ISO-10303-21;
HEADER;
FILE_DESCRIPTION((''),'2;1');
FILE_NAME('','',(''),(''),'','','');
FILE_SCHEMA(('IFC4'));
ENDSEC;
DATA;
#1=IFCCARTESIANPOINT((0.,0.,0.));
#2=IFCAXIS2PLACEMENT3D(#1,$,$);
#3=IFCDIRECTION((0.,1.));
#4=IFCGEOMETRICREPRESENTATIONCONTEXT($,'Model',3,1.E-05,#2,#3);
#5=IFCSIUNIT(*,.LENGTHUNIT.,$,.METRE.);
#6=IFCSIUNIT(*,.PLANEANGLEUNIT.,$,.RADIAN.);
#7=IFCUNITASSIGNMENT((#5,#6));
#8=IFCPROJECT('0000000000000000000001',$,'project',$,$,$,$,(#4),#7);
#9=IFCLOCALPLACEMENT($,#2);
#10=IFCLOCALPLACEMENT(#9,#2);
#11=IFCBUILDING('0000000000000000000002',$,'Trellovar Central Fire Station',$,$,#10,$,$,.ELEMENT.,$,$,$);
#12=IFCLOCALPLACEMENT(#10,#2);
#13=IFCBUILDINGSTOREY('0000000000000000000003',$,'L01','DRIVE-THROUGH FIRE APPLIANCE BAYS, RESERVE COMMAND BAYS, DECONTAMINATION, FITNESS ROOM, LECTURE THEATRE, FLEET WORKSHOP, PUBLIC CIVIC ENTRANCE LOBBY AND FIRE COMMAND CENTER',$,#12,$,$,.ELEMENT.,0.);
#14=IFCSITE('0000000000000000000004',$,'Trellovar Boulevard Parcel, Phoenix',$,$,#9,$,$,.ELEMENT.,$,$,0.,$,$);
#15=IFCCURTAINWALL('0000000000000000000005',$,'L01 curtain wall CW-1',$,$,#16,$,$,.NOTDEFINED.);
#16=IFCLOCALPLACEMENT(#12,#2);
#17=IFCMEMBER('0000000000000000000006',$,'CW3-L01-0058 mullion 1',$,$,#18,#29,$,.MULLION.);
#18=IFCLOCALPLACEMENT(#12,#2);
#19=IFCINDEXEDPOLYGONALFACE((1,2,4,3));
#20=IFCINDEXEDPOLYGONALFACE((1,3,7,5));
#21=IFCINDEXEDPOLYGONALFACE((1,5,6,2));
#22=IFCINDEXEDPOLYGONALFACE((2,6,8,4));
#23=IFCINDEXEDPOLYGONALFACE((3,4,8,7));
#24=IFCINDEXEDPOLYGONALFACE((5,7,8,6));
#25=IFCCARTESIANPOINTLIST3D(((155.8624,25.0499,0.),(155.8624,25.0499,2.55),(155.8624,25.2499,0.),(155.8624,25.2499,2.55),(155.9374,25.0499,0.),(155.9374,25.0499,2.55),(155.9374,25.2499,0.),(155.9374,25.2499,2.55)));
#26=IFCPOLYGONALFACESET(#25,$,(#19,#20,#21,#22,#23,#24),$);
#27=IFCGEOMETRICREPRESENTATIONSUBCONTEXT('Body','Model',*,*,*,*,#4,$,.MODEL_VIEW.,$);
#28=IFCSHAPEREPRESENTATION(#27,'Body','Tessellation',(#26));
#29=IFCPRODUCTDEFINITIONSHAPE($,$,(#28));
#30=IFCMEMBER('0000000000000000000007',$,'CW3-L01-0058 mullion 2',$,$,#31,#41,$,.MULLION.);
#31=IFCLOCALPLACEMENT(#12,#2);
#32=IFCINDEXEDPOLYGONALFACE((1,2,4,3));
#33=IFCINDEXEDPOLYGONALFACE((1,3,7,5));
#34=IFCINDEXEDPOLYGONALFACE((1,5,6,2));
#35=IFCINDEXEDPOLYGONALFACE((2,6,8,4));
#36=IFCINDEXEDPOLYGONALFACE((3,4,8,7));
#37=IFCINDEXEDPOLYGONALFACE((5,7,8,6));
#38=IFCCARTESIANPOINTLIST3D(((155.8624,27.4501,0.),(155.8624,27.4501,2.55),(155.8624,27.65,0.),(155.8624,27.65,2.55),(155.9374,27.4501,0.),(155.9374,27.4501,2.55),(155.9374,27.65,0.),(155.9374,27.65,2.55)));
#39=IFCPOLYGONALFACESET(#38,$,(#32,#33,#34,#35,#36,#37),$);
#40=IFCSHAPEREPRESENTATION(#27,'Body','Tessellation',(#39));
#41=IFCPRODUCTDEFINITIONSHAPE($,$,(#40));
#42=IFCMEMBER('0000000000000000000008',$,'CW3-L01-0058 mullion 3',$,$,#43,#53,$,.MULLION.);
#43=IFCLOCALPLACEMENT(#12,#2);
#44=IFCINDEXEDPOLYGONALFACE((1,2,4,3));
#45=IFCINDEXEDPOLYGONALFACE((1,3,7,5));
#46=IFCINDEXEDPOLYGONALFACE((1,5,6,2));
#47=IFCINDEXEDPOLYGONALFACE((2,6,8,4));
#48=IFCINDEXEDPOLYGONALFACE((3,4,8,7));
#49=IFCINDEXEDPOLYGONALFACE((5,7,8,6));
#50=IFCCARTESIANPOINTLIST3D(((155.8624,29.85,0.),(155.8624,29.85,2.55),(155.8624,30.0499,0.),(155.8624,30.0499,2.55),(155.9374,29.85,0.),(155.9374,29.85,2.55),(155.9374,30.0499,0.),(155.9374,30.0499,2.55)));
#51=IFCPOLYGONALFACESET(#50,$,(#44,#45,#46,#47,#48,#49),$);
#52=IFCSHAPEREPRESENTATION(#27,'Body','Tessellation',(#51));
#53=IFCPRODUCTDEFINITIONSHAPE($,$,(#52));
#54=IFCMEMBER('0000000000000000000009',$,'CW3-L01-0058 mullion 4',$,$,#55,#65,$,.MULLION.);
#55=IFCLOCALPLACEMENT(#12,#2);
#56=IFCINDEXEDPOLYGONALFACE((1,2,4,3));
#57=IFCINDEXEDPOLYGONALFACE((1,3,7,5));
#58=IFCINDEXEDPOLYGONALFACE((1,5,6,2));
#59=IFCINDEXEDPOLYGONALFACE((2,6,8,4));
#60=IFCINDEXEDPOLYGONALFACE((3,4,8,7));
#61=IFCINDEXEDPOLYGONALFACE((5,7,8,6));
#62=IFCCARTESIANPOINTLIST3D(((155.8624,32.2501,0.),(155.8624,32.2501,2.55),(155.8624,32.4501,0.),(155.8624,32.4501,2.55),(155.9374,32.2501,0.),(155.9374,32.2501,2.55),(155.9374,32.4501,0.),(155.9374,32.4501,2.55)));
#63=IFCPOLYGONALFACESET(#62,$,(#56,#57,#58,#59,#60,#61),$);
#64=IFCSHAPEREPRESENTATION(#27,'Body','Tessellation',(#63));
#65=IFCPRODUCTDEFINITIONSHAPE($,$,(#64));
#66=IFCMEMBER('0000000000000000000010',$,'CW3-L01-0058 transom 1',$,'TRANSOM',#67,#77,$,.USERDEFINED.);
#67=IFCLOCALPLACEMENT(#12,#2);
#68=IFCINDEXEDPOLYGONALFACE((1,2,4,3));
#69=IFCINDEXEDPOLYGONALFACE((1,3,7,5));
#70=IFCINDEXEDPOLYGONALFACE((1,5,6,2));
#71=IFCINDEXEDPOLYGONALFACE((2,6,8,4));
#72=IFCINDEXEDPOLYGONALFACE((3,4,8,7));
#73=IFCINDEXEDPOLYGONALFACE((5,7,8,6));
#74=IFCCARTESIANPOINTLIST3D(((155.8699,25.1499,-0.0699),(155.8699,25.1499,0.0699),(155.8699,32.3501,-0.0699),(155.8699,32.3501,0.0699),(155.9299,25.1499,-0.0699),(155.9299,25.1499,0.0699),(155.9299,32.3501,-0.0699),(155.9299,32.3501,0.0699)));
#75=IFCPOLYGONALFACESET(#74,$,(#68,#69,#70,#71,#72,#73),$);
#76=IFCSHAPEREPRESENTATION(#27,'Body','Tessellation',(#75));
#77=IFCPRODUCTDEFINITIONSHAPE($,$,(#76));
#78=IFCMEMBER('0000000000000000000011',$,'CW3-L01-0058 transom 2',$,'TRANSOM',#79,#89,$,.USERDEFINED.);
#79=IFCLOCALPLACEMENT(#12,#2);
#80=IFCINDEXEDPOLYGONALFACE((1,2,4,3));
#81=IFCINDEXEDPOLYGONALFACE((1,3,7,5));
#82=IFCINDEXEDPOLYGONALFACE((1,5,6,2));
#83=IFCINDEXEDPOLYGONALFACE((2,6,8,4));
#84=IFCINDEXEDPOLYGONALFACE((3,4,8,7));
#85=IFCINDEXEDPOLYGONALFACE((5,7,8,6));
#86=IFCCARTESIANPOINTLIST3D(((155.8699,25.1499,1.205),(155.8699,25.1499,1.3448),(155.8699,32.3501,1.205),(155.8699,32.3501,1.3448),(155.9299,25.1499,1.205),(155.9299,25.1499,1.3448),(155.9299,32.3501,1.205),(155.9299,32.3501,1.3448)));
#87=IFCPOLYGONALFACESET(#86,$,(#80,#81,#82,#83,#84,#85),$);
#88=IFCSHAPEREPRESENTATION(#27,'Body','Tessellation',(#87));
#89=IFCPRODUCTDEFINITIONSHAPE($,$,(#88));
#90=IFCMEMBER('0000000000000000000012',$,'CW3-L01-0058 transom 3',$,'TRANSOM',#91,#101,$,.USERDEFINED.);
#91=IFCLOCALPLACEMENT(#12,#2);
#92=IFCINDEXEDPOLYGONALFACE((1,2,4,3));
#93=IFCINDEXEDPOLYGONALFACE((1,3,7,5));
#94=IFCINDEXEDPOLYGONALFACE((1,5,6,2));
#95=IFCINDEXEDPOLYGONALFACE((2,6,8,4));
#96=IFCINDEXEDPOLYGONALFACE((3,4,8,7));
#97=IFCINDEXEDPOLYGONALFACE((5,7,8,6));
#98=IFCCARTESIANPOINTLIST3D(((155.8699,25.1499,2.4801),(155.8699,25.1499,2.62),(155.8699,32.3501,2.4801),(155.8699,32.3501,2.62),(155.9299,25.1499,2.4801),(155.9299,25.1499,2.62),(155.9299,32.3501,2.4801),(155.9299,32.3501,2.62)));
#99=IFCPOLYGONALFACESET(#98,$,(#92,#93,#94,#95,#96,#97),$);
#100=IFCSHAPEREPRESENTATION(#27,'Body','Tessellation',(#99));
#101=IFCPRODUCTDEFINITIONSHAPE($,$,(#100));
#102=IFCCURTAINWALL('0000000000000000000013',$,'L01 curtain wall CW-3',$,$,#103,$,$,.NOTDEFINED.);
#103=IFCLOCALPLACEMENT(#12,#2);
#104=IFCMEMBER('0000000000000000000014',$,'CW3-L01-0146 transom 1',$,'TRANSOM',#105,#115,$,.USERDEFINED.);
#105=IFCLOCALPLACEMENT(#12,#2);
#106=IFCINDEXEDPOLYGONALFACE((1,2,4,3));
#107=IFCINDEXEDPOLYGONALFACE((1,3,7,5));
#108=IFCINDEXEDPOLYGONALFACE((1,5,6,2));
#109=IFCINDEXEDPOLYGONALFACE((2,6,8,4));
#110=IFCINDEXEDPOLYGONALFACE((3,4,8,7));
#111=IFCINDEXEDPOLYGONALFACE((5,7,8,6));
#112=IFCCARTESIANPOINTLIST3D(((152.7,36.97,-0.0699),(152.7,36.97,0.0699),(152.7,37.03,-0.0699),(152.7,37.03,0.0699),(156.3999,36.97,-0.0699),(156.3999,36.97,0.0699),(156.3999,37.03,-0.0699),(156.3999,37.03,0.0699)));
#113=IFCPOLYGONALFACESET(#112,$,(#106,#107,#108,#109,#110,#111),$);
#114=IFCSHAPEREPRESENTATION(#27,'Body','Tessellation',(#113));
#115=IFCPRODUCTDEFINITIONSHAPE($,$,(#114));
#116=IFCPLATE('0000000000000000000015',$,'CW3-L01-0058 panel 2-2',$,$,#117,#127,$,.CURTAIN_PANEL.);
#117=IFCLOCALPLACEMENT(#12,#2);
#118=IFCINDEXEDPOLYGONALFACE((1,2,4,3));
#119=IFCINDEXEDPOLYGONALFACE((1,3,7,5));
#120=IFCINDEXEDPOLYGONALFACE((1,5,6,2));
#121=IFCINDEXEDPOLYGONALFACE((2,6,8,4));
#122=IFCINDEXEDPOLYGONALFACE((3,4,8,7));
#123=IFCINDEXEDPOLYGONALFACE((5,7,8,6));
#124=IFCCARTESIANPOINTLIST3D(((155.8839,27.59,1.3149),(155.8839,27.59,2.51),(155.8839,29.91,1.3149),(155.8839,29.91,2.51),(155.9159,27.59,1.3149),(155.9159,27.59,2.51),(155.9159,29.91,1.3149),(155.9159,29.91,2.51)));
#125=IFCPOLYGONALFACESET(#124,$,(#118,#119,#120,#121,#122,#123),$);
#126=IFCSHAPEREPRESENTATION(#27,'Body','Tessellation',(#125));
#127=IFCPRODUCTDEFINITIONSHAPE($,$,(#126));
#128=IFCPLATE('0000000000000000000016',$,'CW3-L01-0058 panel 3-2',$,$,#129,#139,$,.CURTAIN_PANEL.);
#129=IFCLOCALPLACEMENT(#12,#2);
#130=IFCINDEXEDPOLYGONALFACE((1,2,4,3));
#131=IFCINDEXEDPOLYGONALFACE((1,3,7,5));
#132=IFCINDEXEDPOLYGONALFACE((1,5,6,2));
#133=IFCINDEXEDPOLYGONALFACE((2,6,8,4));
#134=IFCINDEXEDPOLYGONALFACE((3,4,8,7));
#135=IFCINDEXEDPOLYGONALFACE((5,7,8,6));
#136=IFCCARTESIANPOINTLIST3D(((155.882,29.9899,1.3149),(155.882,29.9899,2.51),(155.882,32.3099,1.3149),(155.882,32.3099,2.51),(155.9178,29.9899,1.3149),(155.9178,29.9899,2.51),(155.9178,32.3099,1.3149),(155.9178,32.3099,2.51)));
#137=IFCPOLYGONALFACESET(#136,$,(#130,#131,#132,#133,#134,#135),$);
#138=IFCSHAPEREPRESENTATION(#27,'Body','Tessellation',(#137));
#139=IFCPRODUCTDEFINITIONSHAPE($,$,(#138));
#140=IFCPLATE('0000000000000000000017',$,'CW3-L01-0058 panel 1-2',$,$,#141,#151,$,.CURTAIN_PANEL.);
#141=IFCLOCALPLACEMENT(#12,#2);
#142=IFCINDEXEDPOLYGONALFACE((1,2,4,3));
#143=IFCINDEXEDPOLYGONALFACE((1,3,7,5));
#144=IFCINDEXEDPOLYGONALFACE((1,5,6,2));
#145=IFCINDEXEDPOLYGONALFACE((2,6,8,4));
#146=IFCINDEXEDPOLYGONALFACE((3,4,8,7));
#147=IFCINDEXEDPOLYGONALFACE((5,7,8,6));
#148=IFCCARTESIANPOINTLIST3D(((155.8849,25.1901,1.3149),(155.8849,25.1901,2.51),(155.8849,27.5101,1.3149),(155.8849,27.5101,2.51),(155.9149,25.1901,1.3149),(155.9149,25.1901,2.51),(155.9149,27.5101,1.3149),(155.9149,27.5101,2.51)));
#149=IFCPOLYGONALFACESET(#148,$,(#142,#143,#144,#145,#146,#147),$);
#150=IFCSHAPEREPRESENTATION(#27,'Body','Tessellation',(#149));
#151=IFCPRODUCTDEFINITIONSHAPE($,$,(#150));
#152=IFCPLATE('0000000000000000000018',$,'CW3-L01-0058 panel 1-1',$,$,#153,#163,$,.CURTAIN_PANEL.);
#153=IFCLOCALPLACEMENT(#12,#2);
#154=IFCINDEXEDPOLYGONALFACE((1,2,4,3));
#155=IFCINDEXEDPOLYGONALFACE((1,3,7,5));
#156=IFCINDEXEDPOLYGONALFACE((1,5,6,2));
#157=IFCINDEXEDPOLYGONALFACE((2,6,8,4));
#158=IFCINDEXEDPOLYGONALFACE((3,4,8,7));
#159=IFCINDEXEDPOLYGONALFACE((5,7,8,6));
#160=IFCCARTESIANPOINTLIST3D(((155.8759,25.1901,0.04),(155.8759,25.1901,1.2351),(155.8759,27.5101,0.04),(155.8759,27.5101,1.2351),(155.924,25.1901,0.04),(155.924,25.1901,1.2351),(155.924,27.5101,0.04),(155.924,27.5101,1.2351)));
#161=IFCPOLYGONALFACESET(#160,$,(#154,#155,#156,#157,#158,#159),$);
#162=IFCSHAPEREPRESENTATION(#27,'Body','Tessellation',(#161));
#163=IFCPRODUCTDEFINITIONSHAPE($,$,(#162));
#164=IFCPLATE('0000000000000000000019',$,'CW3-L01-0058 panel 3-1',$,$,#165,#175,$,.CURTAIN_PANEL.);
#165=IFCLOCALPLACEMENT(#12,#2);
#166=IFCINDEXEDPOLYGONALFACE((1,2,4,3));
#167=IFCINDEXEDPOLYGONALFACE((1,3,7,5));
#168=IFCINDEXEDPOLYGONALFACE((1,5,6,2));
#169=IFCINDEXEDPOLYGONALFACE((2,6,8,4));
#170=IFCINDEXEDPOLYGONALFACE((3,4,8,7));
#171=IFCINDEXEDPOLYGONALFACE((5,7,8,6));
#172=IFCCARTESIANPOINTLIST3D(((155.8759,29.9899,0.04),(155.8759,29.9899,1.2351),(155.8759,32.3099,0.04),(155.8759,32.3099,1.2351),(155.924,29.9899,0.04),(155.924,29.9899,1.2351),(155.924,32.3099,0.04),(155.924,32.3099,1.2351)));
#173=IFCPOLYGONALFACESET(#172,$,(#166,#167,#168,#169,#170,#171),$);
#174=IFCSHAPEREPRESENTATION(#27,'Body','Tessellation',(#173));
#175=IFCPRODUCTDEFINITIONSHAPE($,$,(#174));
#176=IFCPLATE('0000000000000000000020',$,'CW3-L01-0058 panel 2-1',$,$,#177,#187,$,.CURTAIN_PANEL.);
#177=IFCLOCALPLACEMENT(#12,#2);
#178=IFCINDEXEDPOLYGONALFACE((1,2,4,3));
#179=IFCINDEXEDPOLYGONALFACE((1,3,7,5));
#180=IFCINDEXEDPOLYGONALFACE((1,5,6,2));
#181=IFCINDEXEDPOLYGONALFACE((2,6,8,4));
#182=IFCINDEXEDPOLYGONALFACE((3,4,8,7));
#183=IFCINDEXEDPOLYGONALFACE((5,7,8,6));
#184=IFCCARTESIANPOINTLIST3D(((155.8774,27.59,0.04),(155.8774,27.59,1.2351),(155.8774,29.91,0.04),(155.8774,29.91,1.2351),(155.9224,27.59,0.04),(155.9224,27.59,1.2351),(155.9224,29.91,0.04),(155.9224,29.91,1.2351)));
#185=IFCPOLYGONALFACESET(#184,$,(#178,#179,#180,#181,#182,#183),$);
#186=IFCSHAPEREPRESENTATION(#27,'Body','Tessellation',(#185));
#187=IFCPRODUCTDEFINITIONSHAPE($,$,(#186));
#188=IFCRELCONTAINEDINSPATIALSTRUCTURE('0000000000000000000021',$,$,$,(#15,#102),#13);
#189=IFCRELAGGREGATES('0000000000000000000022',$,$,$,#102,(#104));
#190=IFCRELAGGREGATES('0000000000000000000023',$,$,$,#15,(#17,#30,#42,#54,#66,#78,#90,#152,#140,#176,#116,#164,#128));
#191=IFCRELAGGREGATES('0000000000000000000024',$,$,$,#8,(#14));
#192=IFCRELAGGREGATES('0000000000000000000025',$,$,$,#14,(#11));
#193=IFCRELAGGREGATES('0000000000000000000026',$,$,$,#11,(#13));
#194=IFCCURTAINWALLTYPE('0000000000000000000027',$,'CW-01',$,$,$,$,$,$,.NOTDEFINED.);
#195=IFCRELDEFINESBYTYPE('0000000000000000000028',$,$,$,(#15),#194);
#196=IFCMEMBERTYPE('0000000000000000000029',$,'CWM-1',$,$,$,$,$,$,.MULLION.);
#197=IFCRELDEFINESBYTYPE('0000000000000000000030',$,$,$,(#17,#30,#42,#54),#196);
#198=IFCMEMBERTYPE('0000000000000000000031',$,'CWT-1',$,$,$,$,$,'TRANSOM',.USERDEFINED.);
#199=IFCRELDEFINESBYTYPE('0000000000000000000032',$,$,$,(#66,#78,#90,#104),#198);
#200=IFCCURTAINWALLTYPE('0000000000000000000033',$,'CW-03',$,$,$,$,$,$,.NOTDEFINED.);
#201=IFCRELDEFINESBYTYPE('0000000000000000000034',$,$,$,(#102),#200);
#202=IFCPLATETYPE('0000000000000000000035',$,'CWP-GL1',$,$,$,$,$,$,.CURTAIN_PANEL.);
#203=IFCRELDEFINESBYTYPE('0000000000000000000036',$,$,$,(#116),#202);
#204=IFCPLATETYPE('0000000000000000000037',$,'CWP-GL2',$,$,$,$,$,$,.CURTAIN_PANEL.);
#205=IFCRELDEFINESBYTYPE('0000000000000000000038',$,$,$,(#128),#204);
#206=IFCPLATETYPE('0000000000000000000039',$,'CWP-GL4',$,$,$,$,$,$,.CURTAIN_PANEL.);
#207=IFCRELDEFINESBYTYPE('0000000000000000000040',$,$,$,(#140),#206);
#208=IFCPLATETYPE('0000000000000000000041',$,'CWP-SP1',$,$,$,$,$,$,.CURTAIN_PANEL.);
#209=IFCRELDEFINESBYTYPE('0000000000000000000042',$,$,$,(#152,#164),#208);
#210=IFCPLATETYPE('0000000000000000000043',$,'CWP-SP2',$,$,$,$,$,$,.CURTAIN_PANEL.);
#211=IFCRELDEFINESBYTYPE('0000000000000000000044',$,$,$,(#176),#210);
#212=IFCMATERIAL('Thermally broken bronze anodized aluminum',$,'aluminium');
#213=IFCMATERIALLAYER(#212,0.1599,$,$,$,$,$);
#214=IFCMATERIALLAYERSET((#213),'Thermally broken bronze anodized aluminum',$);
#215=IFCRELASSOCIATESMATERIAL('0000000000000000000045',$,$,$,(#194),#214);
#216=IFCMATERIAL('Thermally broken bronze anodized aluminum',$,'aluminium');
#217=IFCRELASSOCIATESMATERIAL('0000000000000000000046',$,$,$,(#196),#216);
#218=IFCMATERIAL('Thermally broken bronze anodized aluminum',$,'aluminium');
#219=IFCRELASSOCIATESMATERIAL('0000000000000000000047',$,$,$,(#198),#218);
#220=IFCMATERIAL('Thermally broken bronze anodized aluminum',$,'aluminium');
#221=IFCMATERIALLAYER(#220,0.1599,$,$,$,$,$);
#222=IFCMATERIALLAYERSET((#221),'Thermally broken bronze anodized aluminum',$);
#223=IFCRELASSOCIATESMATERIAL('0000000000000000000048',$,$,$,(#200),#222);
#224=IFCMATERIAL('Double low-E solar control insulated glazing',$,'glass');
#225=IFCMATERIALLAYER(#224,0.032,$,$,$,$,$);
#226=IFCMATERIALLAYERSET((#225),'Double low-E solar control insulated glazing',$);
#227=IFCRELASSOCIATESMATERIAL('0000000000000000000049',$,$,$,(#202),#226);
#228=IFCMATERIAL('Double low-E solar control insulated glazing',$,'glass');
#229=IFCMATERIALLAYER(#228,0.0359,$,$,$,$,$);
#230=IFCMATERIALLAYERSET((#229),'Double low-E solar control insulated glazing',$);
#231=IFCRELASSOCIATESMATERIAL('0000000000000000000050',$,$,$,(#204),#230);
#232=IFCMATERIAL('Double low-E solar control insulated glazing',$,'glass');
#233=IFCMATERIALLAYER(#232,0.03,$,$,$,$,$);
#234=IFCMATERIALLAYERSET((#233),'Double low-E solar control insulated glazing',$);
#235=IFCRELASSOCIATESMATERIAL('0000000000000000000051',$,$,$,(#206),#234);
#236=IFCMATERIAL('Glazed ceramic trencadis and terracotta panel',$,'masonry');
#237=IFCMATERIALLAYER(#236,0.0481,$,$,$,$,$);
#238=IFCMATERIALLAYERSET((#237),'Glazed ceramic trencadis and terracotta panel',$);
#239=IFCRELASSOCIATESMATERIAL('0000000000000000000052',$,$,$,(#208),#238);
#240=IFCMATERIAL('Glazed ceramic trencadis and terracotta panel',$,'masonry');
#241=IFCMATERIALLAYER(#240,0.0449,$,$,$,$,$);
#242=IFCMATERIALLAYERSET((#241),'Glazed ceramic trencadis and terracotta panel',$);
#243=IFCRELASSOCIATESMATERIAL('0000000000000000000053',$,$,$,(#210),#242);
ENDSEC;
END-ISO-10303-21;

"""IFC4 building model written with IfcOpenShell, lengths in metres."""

from ifc_helpers import new_model, si_unit, direction, frame, origin, origin_2d, place, context, subcontext, project, spatial, rectangle, extrude, material, layer, layer_set, material_profile, profile_set, type_object, element, aggregate, save


model = new_model("IFC4")

# Units and contexts
model_context = context("Model", 3, precision=1e-05, world=origin(), true_north=direction((0.0, 1.0)))
body_context = subcontext(model_context, "Body", "Model", "MODEL_VIEW")
ifc_project = project(units=[si_unit("LENGTHUNIT", "METRE"), si_unit("PLANEANGLEUNIT", "RADIAN")], contexts=[model_context])

# Site, building, storey
site_placement = place(None, origin())
site = spatial("IfcSite", under=ifc_project, at=site_placement, Name="Trellovar Boulevard Parcel, Phoenix", CompositionType="ELEMENT", RefElevation=0.0)
building_placement = place(site_placement, origin())
building = spatial("IfcBuilding", under=site, at=building_placement, Name="Trellovar Central Fire Station", CompositionType="ELEMENT")
storey_placement = place(building_placement, origin())
storey = spatial("IfcBuildingStorey", under=building, at=storey_placement, Name="L01", Description="DRIVE-THROUGH FIRE APPLIANCE BAYS, RESERVE COMMAND BAYS, DECONTAMINATION, FITNESS ROOM, LECTURE THEATRE, FLEET WORKSHOP, PUBLIC CIVIC ENTRANCE LOBBY AND FIRE COMMAND CENTER", CompositionType="ELEMENT", Elevation=0.0)

# Curtain wall, members
ifc_material_1 = material(Name="Thermally broken bronze anodized aluminum", Category="aluminium")
ifc_layer_1 = layer(ifc_material_1, 0.1599)
ifc_layer_set_1 = layer_set([ifc_layer_1], Name="Thermally broken bronze anodized aluminum")
curtain_wall_type_1 = type_object("IfcCurtainWallType", Name="CW-01", PredefinedType="NOTDEFINED", material=ifc_layer_set_1)
curtain_wall_1_placement = place(storey_placement, origin())
curtain_wall_1 = element("IfcCurtainWall", 1, at=curtain_wall_1_placement, inside=storey, type_object=curtain_wall_type_1, Name="L01 curtain wall CW-1", PredefinedType="NOTDEFINED")
ifc_material_2 = material(Name="Thermally broken bronze anodized aluminum", Category="aluminium")
ifc_material_profile_1 = material_profile(ifc_material_2, rectangle(XDim=0.075, YDim=0.2, at=origin_2d()), Name="ALU75X200")
ifc_profile_set_1 = profile_set([ifc_material_profile_1], Name="Thermally broken bronze anodized aluminum")
member_type_1 = type_object("IfcMemberType", Name="CWM-1", PredefinedType="MULLION", material=ifc_profile_set_1)
member_1_placement = place(storey_placement, frame((155.8999, 25.1499, 0.0), z_axis=(0.0, 0.0, 1.0), x_axis=(1.0, 0.0, 0.0)))
member_1 = element("IfcMember", 2, at=member_1_placement, type_object=member_type_1, Name="CW3-L01-0058 mullion 1", PredefinedType="MULLION", context=body_context, shape_type="SweptSolid", body=[
    extrude(rectangle(XDim=0.075, YDim=0.2, at=origin_2d()), origin(), (0.0, 0.0, 1.0), 2.55),
])
member_2_placement = place(storey_placement, frame((155.8999, 27.55, 0.0), z_axis=(0.0, 0.0, 1.0), x_axis=(1.0, 0.0, 0.0)))
member_2 = element("IfcMember", 3, at=member_2_placement, type_object=member_type_1, Name="CW3-L01-0058 mullion 2", PredefinedType="MULLION", context=body_context, shape_type="SweptSolid", body=[
    extrude(rectangle(XDim=0.075, YDim=0.2, at=origin_2d()), origin(), (0.0, 0.0, 1.0), 2.55),
])
member_3_placement = place(storey_placement, frame((155.8999, 29.95, 0.0), z_axis=(0.0, 0.0, 1.0), x_axis=(1.0, 0.0, 0.0)))
member_3 = element("IfcMember", 4, at=member_3_placement, type_object=member_type_1, Name="CW3-L01-0058 mullion 3", PredefinedType="MULLION", context=body_context, shape_type="SweptSolid", body=[
    extrude(rectangle(XDim=0.075, YDim=0.2, at=origin_2d()), origin(), (0.0, 0.0, 1.0), 2.55),
])
member_4_placement = place(storey_placement, frame((155.8999, 32.3501, 0.0), z_axis=(0.0, 0.0, 1.0), x_axis=(1.0, 0.0, 0.0)))
member_4 = element("IfcMember", 5, at=member_4_placement, type_object=member_type_1, Name="CW3-L01-0058 mullion 4", PredefinedType="MULLION", context=body_context, shape_type="SweptSolid", body=[
    extrude(rectangle(XDim=0.075, YDim=0.2, at=origin_2d()), origin(), (0.0, 0.0, 1.0), 2.55),
])
ifc_material_3 = material(Name="Thermally broken bronze anodized aluminum", Category="aluminium")
ifc_material_profile_2 = material_profile(ifc_material_3, rectangle(XDim=0.0601, YDim=0.1399, at=origin_2d()), Name="ALU60X140")
ifc_profile_set_2 = profile_set([ifc_material_profile_2], Name="Thermally broken bronze anodized aluminum")
member_type_2 = type_object("IfcMemberType", Name="CWT-1", ElementType="TRANSOM", PredefinedType="USERDEFINED", material=ifc_profile_set_2)
member_5_placement = place(storey_placement, frame((155.8999, 25.1499, 0.0), z_axis=(0.0, 1.0, 0.0), x_axis=(-1.0, 0.0, 0.0)))
member_5 = element("IfcMember", 6, at=member_5_placement, type_object=member_type_2, Name="CW3-L01-0058 transom 1", ObjectType="TRANSOM", PredefinedType="USERDEFINED", context=body_context, shape_type="SweptSolid", body=[
    extrude(rectangle(XDim=0.0601, YDim=0.1399, at=origin_2d()), origin(), (0.0, 0.0, 1.0), 7.2002),
])
member_6_placement = place(storey_placement, frame((155.8999, 25.1499, 1.2749), z_axis=(0.0, 1.0, 0.0), x_axis=(-1.0, 0.0, 0.0)))
member_6 = element("IfcMember", 7, at=member_6_placement, type_object=member_type_2, Name="CW3-L01-0058 transom 2", ObjectType="TRANSOM", PredefinedType="USERDEFINED", context=body_context, shape_type="SweptSolid", body=[
    extrude(rectangle(XDim=0.0601, YDim=0.1399, at=origin_2d()), origin(), (0.0, 0.0, 1.0), 7.2002),
])
member_7_placement = place(storey_placement, frame((155.8999, 25.1499, 2.55), z_axis=(0.0, 1.0, 0.0), x_axis=(-1.0, 0.0, 0.0)))
member_7 = element("IfcMember", 8, at=member_7_placement, type_object=member_type_2, Name="CW3-L01-0058 transom 3", ObjectType="TRANSOM", PredefinedType="USERDEFINED", context=body_context, shape_type="SweptSolid", body=[
    extrude(rectangle(XDim=0.0601, YDim=0.1399, at=origin_2d()), origin(), (0.0, 0.0, 1.0), 7.2002),
])

# Curtain wall, member
ifc_material_4 = material(Name="Thermally broken bronze anodized aluminum", Category="aluminium")
ifc_layer_2 = layer(ifc_material_4, 0.1599)
ifc_layer_set_2 = layer_set([ifc_layer_2], Name="Thermally broken bronze anodized aluminum")
curtain_wall_type_2 = type_object("IfcCurtainWallType", Name="CW-03", PredefinedType="NOTDEFINED", material=ifc_layer_set_2)
curtain_wall_2_placement = place(storey_placement, origin())
curtain_wall_2 = element("IfcCurtainWall", 9, at=curtain_wall_2_placement, inside=storey, type_object=curtain_wall_type_2, Name="L01 curtain wall CW-3", PredefinedType="NOTDEFINED")
member_8_placement = place(storey_placement, frame((152.7, 37.0, 0.0), z_axis=(1.0, 0.0, 0.0), x_axis=(0.0, 1.0, 0.0)))
member_8 = element("IfcMember", 10, at=member_8_placement, type_object=member_type_2, Name="CW3-L01-0146 transom 1", ObjectType="TRANSOM", PredefinedType="USERDEFINED", context=body_context, shape_type="SweptSolid", body=[
    extrude(rectangle(XDim=0.0601, YDim=0.1399, at=origin_2d()), origin(), (0.0, 0.0, 1.0), 3.7),
])
aggregate(curtain_wall_2, [member_8])

# Plates
ifc_material_5 = material(Name="Double low-E solar control insulated glazing", Category="glass")
ifc_layer_3 = layer(ifc_material_5, 0.032)
ifc_layer_set_3 = layer_set([ifc_layer_3], Name="Double low-E solar control insulated glazing")
plate_type_1 = type_object("IfcPlateType", Name="CWP-GL1", PredefinedType="CURTAIN_PANEL", material=ifc_layer_set_3)
plate_1_placement = place(storey_placement, frame((155.8999, 28.75, 1.3149), z_axis=(0.0, 0.0, 1.0), x_axis=(0.0, 1.0, 0.0)))
plate_1 = element("IfcPlate", 11, at=plate_1_placement, type_object=plate_type_1, Name="CW3-L01-0058 panel 2-2", PredefinedType="CURTAIN_PANEL", context=body_context, shape_type="SweptSolid", body=[
    extrude(rectangle(XDim=2.3201, YDim=0.032, at=origin_2d()), origin(), (0.0, 0.0, 1.0), 1.1951),
])
ifc_material_6 = material(Name="Double low-E solar control insulated glazing", Category="glass")
ifc_layer_4 = layer(ifc_material_6, 0.0359)
ifc_layer_set_4 = layer_set([ifc_layer_4], Name="Double low-E solar control insulated glazing")
plate_type_2 = type_object("IfcPlateType", Name="CWP-GL2", PredefinedType="CURTAIN_PANEL", material=ifc_layer_set_4)
plate_2_placement = place(storey_placement, frame((155.8999, 31.1499, 1.3149), z_axis=(0.0, 0.0, 1.0), x_axis=(0.0, 1.0, 0.0)))
plate_2 = element("IfcPlate", 12, at=plate_2_placement, type_object=plate_type_2, Name="CW3-L01-0058 panel 3-2", PredefinedType="CURTAIN_PANEL", context=body_context, shape_type="SweptSolid", body=[
    extrude(rectangle(XDim=2.3201, YDim=0.0359, at=origin_2d()), origin(), (0.0, 0.0, 1.0), 1.1951),
])
ifc_material_7 = material(Name="Double low-E solar control insulated glazing", Category="glass")
ifc_layer_5 = layer(ifc_material_7, 0.03)
ifc_layer_set_5 = layer_set([ifc_layer_5], Name="Double low-E solar control insulated glazing")
plate_type_3 = type_object("IfcPlateType", Name="CWP-GL4", PredefinedType="CURTAIN_PANEL", material=ifc_layer_set_5)
plate_3_placement = place(storey_placement, frame((155.8999, 26.3501, 1.3149), z_axis=(0.0, 0.0, 1.0), x_axis=(0.0, 1.0, 0.0)))
plate_3 = element("IfcPlate", 13, at=plate_3_placement, type_object=plate_type_3, Name="CW3-L01-0058 panel 1-2", PredefinedType="CURTAIN_PANEL", context=body_context, shape_type="SweptSolid", body=[
    extrude(rectangle(XDim=2.3201, YDim=0.03, at=origin_2d()), origin(), (0.0, 0.0, 1.0), 1.1951),
])
ifc_material_8 = material(Name="Glazed ceramic trencadis and terracotta panel", Category="masonry")
ifc_layer_6 = layer(ifc_material_8, 0.0481)
ifc_layer_set_6 = layer_set([ifc_layer_6], Name="Glazed ceramic trencadis and terracotta panel")
plate_type_4 = type_object("IfcPlateType", Name="CWP-SP1", PredefinedType="CURTAIN_PANEL", material=ifc_layer_set_6)
plate_4_placement = place(storey_placement, frame((155.8999, 26.3501, 0.04), z_axis=(0.0, 0.0, 1.0), x_axis=(0.0, 1.0, 0.0)))
plate_4 = element("IfcPlate", 14, at=plate_4_placement, type_object=plate_type_4, Name="CW3-L01-0058 panel 1-1", PredefinedType="CURTAIN_PANEL", context=body_context, shape_type="SweptSolid", body=[
    extrude(rectangle(XDim=2.3201, YDim=0.0481, at=origin_2d()), origin(), (0.0, 0.0, 1.0), 1.1951),
])
plate_5_placement = place(storey_placement, frame((155.8999, 31.1499, 0.04), z_axis=(0.0, 0.0, 1.0), x_axis=(0.0, 1.0, 0.0)))
plate_5 = element("IfcPlate", 15, at=plate_5_placement, type_object=plate_type_4, Name="CW3-L01-0058 panel 3-1", PredefinedType="CURTAIN_PANEL", context=body_context, shape_type="SweptSolid", body=[
    extrude(rectangle(XDim=2.3201, YDim=0.0481, at=origin_2d()), origin(), (0.0, 0.0, 1.0), 1.1951),
])
ifc_material_9 = material(Name="Glazed ceramic trencadis and terracotta panel", Category="masonry")
ifc_layer_7 = layer(ifc_material_9, 0.0449)
ifc_layer_set_7 = layer_set([ifc_layer_7], Name="Glazed ceramic trencadis and terracotta panel")
plate_type_5 = type_object("IfcPlateType", Name="CWP-SP2", PredefinedType="CURTAIN_PANEL", material=ifc_layer_set_7)
plate_6_placement = place(storey_placement, frame((155.8999, 28.75, 0.04), z_axis=(0.0, 0.0, 1.0), x_axis=(0.0, 1.0, 0.0)))
plate_6 = element("IfcPlate", 16, at=plate_6_placement, type_object=plate_type_5, Name="CW3-L01-0058 panel 2-1", PredefinedType="CURTAIN_PANEL", context=body_context, shape_type="SweptSolid", body=[
    extrude(rectangle(XDim=2.3201, YDim=0.0449, at=origin_2d()), origin(), (0.0, 0.0, 1.0), 1.1951),
])
aggregate(curtain_wall_1, [member_1, member_2, member_3, member_4, member_5, member_6, member_7, plate_4, plate_3, plate_6, plate_1, plate_5, plate_2])

save(model, "model.ifc")
